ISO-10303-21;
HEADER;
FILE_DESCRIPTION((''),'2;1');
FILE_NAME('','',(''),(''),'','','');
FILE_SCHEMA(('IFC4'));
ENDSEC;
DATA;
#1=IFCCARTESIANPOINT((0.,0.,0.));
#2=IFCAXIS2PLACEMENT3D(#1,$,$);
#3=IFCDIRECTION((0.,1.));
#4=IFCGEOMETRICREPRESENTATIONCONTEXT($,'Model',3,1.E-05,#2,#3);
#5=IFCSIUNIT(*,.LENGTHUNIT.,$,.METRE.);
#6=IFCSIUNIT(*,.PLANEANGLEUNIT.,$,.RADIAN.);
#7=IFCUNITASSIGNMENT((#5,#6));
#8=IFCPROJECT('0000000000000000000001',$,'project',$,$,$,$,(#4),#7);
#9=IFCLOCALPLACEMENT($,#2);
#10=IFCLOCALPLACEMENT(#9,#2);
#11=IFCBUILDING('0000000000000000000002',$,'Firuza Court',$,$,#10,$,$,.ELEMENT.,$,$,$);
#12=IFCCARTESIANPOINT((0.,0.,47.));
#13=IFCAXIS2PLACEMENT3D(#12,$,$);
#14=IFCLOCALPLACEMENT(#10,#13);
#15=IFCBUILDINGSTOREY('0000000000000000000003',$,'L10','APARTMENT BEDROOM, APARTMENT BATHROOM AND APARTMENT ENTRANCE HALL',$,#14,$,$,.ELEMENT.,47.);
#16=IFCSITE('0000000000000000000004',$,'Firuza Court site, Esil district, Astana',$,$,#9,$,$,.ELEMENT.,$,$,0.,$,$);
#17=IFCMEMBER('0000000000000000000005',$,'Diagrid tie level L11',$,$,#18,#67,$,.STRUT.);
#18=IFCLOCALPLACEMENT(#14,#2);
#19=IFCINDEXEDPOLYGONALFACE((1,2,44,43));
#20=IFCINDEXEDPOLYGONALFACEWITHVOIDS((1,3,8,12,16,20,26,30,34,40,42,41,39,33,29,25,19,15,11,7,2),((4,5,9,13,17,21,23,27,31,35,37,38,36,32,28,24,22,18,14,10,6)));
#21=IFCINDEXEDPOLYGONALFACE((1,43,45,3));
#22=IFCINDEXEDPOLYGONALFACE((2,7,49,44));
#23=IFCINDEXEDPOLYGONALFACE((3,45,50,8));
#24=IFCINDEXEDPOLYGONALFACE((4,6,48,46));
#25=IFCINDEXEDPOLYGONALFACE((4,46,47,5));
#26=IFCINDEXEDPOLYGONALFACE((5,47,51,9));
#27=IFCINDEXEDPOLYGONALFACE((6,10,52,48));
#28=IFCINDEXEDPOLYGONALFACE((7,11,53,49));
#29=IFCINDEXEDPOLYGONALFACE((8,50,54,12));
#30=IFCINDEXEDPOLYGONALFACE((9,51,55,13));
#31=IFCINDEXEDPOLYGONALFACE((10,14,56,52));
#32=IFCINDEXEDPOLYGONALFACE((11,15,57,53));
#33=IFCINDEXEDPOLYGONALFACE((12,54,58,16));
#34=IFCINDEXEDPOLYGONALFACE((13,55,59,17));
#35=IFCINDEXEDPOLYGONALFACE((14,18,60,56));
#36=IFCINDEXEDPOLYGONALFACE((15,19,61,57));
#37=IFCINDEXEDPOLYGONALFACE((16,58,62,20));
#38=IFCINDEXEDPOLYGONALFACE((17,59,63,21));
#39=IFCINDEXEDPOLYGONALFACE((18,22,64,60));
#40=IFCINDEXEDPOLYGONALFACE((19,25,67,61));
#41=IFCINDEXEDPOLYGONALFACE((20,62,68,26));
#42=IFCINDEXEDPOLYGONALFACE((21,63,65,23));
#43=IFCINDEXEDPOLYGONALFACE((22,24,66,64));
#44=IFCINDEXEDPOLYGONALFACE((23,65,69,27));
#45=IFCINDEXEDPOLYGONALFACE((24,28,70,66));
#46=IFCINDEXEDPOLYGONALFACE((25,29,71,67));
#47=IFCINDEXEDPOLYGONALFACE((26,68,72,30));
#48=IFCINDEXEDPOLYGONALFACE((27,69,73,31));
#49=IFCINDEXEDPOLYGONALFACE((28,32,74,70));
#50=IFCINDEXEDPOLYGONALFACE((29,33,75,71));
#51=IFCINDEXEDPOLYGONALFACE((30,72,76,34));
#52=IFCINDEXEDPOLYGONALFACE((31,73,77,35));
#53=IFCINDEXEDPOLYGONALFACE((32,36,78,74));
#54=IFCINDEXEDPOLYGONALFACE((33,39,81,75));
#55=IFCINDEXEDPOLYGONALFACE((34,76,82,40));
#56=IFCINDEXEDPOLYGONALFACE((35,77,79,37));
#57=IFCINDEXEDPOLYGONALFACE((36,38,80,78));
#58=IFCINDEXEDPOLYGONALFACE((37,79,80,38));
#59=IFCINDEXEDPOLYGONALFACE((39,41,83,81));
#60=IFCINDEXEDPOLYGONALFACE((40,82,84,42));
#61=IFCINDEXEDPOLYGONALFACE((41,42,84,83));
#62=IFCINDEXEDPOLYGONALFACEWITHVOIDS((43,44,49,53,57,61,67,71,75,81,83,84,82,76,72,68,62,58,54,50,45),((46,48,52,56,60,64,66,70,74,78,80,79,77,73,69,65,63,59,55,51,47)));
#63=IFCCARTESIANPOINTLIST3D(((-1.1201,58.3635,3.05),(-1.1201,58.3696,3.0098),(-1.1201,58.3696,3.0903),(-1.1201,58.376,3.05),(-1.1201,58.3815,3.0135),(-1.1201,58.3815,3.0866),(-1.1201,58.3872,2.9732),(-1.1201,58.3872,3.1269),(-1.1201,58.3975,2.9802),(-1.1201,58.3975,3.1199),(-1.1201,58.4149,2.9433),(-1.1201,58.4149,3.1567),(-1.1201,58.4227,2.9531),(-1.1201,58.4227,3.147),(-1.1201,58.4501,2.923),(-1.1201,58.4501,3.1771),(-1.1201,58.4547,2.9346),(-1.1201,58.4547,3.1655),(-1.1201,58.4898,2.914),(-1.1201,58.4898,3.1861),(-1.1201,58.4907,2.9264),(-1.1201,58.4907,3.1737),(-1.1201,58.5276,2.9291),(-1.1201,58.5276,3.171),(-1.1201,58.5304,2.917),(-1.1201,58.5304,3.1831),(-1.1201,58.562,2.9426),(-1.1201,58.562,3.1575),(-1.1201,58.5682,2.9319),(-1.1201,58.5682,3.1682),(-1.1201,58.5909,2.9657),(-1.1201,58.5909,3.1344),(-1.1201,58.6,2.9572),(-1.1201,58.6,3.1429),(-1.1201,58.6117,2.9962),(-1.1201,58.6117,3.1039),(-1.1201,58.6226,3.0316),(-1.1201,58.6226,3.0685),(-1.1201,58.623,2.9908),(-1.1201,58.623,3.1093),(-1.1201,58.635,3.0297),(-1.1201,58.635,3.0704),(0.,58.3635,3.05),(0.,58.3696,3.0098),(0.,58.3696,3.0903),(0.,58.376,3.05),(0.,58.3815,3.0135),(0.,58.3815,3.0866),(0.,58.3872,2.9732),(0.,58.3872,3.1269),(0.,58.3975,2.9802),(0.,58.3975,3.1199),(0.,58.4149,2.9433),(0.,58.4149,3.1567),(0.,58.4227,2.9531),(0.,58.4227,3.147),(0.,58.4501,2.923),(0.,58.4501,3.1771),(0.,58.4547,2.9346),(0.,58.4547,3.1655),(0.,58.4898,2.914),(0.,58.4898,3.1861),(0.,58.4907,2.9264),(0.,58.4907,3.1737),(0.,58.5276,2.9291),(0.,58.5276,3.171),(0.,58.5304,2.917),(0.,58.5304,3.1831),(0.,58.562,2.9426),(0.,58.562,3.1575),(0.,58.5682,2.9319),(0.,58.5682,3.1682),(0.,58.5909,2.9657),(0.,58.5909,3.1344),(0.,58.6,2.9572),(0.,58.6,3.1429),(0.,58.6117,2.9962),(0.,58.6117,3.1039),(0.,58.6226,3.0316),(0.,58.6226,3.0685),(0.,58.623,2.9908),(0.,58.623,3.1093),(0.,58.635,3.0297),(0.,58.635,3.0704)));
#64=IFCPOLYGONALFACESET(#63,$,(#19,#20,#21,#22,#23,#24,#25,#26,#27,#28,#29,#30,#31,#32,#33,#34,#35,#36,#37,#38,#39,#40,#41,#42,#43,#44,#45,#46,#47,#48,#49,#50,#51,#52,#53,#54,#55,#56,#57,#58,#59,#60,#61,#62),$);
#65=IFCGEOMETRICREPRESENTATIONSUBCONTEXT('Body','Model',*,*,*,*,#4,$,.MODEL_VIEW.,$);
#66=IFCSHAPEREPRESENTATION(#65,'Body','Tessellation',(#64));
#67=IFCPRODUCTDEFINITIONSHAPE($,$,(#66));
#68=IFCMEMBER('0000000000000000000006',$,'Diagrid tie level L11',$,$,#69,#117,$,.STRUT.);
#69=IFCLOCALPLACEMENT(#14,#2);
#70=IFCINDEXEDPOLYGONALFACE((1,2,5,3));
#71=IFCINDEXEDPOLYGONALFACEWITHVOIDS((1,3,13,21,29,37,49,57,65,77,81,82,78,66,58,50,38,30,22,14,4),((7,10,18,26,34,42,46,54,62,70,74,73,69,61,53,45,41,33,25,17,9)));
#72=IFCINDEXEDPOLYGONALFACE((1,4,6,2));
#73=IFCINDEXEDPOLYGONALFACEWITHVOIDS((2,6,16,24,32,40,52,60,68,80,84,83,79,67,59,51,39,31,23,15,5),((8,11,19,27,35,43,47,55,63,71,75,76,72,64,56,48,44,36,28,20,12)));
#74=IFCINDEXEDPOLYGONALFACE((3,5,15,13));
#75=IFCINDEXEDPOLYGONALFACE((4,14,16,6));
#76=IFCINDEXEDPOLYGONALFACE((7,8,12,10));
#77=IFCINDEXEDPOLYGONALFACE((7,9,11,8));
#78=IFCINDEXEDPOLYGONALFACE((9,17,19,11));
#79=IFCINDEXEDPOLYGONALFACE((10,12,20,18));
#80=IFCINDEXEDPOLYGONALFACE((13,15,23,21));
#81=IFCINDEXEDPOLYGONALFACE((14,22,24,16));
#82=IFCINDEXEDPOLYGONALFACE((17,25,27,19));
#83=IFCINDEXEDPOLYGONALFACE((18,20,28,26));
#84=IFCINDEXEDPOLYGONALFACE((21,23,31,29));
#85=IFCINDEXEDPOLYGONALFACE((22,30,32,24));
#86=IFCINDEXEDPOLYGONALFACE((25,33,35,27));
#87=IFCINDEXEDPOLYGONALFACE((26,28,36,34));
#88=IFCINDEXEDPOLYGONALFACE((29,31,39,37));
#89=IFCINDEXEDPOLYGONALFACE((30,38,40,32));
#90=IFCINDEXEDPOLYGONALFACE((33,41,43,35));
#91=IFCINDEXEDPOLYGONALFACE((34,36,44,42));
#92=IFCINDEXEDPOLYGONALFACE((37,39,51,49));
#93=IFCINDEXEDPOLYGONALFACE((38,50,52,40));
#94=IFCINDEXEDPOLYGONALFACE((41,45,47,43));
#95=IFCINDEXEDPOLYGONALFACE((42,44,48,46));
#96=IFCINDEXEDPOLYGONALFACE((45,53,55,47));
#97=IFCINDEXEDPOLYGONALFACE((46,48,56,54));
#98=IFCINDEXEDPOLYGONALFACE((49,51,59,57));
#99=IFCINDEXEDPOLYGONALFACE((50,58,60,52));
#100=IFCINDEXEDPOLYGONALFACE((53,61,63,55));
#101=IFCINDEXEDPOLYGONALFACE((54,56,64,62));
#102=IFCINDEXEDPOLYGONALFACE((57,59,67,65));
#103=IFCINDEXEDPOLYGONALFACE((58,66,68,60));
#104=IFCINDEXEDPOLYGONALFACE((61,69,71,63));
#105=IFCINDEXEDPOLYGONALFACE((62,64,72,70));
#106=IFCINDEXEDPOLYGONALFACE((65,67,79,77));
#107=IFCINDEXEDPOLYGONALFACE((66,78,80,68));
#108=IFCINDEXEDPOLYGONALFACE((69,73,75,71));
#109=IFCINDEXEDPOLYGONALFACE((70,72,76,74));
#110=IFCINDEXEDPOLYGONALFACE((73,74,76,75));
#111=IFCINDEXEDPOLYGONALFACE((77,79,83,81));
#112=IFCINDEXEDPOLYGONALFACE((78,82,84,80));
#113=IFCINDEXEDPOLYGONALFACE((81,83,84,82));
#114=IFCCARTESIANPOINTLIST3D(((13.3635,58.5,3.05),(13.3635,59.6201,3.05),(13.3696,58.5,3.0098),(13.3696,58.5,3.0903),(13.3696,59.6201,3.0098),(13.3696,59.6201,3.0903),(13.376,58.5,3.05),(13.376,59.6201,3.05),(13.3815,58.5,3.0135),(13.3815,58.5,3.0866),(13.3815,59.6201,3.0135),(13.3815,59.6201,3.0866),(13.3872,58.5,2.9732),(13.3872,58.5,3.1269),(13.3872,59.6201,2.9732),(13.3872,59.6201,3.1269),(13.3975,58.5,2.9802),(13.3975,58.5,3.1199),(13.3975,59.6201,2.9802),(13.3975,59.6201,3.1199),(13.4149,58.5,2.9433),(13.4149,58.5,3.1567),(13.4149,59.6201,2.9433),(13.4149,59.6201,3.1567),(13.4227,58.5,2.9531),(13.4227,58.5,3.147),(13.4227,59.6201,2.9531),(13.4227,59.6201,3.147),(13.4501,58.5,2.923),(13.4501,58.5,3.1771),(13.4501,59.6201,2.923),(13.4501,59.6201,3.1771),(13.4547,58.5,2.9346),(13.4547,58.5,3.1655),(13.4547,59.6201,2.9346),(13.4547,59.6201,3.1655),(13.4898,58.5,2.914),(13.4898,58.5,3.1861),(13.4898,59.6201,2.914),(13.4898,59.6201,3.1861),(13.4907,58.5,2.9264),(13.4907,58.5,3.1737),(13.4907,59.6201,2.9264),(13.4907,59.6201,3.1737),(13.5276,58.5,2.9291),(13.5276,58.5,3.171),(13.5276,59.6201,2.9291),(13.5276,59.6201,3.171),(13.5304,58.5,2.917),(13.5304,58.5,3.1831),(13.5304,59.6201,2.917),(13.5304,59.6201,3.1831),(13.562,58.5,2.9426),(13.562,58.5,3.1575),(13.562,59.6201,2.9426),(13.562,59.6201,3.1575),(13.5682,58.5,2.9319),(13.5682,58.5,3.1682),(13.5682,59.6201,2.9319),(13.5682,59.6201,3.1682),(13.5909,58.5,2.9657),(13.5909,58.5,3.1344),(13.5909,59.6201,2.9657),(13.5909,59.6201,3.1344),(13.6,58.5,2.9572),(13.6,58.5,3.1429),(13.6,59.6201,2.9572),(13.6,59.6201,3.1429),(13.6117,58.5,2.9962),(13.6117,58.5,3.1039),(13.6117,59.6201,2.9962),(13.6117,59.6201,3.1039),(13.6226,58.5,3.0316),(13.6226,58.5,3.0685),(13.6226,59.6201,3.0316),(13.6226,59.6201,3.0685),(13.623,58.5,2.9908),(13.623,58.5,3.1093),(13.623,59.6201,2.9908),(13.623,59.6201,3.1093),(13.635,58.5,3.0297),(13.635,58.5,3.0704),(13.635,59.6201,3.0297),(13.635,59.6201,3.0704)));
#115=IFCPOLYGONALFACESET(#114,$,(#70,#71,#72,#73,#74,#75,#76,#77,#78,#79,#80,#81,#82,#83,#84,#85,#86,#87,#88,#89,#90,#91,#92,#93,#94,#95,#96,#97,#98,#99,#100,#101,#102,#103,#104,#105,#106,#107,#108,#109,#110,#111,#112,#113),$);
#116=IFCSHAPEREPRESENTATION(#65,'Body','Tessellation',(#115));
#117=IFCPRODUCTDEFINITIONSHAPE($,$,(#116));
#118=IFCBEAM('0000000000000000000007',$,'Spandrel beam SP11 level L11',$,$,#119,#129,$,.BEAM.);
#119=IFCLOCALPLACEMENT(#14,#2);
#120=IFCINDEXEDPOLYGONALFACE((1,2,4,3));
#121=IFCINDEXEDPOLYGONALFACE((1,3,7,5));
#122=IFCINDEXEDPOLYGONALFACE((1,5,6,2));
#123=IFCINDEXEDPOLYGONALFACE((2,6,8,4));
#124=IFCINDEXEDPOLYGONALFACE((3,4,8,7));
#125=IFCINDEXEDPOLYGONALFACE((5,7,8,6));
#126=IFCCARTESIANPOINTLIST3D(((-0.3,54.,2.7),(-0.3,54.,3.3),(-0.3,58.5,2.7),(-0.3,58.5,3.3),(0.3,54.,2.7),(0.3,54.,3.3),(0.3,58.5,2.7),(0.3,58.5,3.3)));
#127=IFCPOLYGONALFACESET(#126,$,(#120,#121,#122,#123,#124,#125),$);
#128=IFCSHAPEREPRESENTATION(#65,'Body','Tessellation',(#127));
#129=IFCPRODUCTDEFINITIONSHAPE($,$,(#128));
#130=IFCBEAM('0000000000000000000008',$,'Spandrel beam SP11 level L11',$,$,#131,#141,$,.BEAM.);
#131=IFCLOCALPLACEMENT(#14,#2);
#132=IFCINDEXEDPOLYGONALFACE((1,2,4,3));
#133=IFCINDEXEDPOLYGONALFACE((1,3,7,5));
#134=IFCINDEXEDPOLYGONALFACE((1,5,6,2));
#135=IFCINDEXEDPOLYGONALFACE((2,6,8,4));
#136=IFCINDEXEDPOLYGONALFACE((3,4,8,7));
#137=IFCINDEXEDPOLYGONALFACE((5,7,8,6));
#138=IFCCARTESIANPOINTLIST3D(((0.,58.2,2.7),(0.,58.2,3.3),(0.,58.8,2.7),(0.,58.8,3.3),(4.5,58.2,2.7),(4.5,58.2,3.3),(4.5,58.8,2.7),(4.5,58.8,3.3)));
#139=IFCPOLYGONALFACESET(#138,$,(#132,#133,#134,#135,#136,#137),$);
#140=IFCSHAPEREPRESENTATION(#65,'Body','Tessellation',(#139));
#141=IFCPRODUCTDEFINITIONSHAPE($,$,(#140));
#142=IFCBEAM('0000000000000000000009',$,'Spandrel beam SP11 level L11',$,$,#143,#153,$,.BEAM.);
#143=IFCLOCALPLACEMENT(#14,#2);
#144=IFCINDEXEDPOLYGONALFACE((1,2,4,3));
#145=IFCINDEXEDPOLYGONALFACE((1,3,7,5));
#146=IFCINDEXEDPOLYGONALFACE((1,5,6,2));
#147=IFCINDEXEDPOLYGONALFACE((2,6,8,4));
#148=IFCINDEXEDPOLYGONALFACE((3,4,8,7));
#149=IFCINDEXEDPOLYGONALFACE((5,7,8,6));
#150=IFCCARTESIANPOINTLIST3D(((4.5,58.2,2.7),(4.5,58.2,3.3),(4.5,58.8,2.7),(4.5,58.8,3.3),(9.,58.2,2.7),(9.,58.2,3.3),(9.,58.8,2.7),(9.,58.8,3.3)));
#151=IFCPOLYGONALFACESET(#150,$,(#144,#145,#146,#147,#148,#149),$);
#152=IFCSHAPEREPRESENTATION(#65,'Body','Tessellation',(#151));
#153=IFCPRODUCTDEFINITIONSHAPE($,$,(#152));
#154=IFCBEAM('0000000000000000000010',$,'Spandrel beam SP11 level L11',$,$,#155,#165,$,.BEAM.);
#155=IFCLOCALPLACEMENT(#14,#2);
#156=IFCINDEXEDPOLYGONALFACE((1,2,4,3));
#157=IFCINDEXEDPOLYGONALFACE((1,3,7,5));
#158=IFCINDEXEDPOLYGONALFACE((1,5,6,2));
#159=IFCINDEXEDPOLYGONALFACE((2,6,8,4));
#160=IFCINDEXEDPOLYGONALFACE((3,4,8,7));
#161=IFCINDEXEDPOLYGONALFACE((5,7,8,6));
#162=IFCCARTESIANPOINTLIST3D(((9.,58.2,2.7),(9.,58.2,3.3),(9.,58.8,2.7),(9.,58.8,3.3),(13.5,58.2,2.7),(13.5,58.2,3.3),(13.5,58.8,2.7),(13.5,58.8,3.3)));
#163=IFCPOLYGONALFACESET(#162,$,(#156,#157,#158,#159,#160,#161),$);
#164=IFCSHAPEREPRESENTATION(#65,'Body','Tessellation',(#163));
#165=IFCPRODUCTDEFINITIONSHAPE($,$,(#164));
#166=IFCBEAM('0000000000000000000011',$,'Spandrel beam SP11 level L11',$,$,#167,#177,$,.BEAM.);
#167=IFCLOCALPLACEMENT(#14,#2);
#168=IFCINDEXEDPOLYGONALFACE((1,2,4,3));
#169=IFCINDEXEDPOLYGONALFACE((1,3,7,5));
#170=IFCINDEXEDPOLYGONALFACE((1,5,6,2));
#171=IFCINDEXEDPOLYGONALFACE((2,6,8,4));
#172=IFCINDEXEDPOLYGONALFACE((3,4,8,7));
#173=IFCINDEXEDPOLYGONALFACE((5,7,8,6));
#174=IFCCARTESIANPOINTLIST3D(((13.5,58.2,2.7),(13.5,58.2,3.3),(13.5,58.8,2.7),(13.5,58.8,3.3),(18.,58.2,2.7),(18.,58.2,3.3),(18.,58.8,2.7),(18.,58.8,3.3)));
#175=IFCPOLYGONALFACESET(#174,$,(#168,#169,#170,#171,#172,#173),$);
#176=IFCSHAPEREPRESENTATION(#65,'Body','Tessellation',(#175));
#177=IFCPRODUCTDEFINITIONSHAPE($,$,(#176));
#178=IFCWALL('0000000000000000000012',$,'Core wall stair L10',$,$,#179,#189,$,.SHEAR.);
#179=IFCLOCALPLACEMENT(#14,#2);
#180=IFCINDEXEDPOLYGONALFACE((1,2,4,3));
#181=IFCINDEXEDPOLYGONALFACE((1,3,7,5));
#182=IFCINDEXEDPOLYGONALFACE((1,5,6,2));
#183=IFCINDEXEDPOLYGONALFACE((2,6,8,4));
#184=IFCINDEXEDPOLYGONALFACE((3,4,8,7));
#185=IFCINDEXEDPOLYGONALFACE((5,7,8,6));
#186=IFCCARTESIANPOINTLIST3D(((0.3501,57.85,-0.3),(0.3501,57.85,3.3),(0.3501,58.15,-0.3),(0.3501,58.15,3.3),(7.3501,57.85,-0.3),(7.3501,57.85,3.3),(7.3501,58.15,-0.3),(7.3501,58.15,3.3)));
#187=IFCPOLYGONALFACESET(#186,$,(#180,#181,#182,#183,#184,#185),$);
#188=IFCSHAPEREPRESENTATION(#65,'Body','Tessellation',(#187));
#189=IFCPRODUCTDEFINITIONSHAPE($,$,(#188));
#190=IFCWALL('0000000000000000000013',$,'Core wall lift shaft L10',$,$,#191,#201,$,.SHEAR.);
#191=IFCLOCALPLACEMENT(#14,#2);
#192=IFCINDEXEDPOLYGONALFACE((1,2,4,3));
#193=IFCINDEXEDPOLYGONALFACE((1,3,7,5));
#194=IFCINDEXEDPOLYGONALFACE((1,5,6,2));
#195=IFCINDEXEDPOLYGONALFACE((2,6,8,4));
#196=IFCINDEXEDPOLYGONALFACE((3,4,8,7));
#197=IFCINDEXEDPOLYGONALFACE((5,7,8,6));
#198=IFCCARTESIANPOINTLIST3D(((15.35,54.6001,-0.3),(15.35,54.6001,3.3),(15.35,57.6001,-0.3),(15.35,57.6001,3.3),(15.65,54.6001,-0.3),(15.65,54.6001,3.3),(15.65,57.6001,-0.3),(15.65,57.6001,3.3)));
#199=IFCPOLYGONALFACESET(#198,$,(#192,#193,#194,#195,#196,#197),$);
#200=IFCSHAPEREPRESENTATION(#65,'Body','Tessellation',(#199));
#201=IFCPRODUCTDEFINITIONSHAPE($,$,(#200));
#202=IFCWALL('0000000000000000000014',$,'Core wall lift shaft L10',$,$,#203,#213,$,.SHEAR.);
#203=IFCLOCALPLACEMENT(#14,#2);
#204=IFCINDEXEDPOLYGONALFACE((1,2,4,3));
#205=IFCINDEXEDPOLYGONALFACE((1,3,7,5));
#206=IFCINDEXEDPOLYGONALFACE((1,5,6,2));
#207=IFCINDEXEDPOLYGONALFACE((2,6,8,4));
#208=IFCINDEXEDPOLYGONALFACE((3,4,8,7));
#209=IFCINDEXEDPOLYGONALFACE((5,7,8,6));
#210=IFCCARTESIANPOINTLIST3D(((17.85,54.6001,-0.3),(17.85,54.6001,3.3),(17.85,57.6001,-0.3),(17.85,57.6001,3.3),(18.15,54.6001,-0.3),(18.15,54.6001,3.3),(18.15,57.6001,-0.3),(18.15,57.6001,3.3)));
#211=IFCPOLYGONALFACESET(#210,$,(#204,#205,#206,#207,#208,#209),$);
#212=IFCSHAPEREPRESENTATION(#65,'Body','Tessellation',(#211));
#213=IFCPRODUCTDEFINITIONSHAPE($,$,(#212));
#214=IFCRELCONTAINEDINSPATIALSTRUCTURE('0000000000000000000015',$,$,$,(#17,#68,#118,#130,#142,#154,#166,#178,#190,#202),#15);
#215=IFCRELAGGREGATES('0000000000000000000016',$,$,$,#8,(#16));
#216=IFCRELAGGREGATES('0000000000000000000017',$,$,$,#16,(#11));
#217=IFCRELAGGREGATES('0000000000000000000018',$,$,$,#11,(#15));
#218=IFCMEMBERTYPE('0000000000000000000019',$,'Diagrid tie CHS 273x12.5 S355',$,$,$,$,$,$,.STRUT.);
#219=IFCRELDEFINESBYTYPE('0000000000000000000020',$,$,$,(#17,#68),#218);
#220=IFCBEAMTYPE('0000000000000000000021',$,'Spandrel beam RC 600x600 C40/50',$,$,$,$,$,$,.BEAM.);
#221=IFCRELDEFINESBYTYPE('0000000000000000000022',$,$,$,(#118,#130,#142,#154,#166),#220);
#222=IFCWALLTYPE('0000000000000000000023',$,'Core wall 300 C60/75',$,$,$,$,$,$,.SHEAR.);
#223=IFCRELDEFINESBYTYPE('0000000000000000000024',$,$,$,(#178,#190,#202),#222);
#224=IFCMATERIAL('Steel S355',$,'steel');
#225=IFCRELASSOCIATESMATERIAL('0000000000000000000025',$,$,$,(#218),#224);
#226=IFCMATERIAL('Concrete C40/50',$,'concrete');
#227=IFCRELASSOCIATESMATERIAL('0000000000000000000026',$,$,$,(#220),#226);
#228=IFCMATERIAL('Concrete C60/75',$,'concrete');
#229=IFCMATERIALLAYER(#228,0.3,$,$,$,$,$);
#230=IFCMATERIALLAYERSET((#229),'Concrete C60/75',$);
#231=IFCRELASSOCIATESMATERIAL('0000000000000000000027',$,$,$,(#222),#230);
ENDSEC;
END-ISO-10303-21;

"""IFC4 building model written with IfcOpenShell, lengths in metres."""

from ifc_helpers import new_model, si_unit, direction, frame, frame_2d, origin, origin_2d, place, context, subcontext, project, spatial, rectangle, hollow_circle, extrude, material, layer, layer_set, material_profile, profile_set, type_object, element, save


model = new_model("IFC4")

# Units and contexts
model_context = context("Model", 3, precision=1e-05, world=origin(), true_north=direction((0.0, 1.0)))
body_context = subcontext(model_context, "Body", "Model", "MODEL_VIEW")
ifc_project = project(units=[si_unit("LENGTHUNIT", "METRE"), si_unit("PLANEANGLEUNIT", "RADIAN")], contexts=[model_context])

# Site, building, storey
site_placement = place(None, origin())
site = spatial("IfcSite", under=ifc_project, at=site_placement, Name="Firuza Court site, Esil district, Astana", CompositionType="ELEMENT", RefElevation=0.0)
building_placement = place(site_placement, origin())
building = spatial("IfcBuilding", under=site, at=building_placement, Name="Firuza Court", CompositionType="ELEMENT")
storey_placement = place(building_placement, frame((0.0, 0.0, 47.0)))
storey = spatial("IfcBuildingStorey", under=building, at=storey_placement, Name="L10", Description="APARTMENT BEDROOM, APARTMENT BATHROOM AND APARTMENT ENTRANCE HALL", CompositionType="ELEMENT", Elevation=47.0)

# Members
ifc_material_1 = material(Name="Steel S355", Category="steel")
ifc_material_profile_1 = material_profile(ifc_material_1, hollow_circle(Radius=0.1365, WallThickness=0.0125, at=origin_2d()), Name="CHS 273x12.5")
ifc_profile_set_1 = profile_set([ifc_material_profile_1], Name="Steel S355")
member_type_1 = type_object("IfcMemberType", Name="Diagrid tie CHS 273x12.5 S355", PredefinedType="STRUT", material=ifc_profile_set_1)
for number, where, z_axis, x_axis, name in (
    (1, (0.0, 58.5, 3.05), (-1.0, 0.0, 0.0), (0.0, -1.0, 0.0), "Diagrid tie level L11"),
    (2, (13.5, 58.5, 3.05), (0.0, 1.0, 0.0), (-1.0, 0.0, 0.0), "Diagrid tie level L11"),
):
    element("IfcMember", number, at=place(storey_placement, frame(where, z_axis=z_axis, x_axis=x_axis)), inside=storey, type_object=member_type_1, Name=name, PredefinedType="STRUT", context=body_context, shape_type="SweptSolid", body=[
        extrude(hollow_circle(Radius=0.1365, WallThickness=0.0125, at=origin_2d()), origin(), (0.0, 0.0, 1.0), 1.1201),
    ])

# Beams
ifc_material_2 = material(Name="Concrete C40/50", Category="concrete")
ifc_material_profile_2 = material_profile(ifc_material_2, rectangle(XDim=0.6001, YDim=0.6001, at=origin_2d()), Name="RC 600x600")
ifc_profile_set_2 = profile_set([ifc_material_profile_2], Name="Concrete C40/50")
beam_type = type_object("IfcBeamType", Name="Spandrel beam RC 600x600 C40/50", PredefinedType="BEAM", material=ifc_profile_set_2)
for number, where, z_axis, x_axis, name in (
    (3, (0.0, 58.5, 3.0), (0.0, -1.0, 0.0), (1.0, 0.0, 0.0), "Spandrel beam SP11 level L11"),
    (4, (4.5, 58.5, 3.0), (-1.0, 0.0, 0.0), (0.0, -1.0, 0.0), "Spandrel beam SP11 level L11"),
    (5, (9.0, 58.5, 3.0), (-1.0, 0.0, 0.0), (0.0, -1.0, 0.0), "Spandrel beam SP11 level L11"),
    (6, (13.5, 58.5, 3.0), (-1.0, 0.0, 0.0), (0.0, -1.0, 0.0), "Spandrel beam SP11 level L11"),
    (7, (18.0, 58.5, 3.0), (-1.0, 0.0, 0.0), (0.0, -1.0, 0.0), "Spandrel beam SP11 level L11"),
):
    element("IfcBeam", number, at=place(storey_placement, frame(where, z_axis=z_axis, x_axis=x_axis)), inside=storey, type_object=beam_type, Name=name, PredefinedType="BEAM", context=body_context, shape_type="SweptSolid", body=[
        extrude(rectangle(XDim=0.6001, YDim=0.6001, at=origin_2d()), origin(), (0.0, 0.0, 1.0), 4.5),
    ])

# Walls
ifc_material_3 = material(Name="Concrete C60/75", Category="concrete")
ifc_layer_1 = layer(ifc_material_3, 0.3)
ifc_layer_set_1 = layer_set([ifc_layer_1], Name="Concrete C60/75")
wall_type_1 = type_object("IfcWallType", Name="Core wall 300 C60/75", PredefinedType="SHEAR", material=ifc_layer_set_1)
wall_1_placement = place(storey_placement, frame((0.3501, 58.0, -0.3), z_axis=(0.0, 0.0, 1.0), x_axis=(1.0, 0.0, 0.0)))
element("IfcWall", 8, at=wall_1_placement, inside=storey, type_object=wall_type_1, Name="Core wall stair L10", PredefinedType="SHEAR", context=body_context, shape_type="SweptSolid", body=[
    extrude(rectangle(XDim=7.0, YDim=0.3, at=frame_2d((3.5, 0.0))), origin(), (0.0, 0.0, 1.0), 3.6001),
])
for number, where, z_axis, x_axis, name in (
    (9, (15.5, 54.6001, -0.3), (0.0, 0.0, 1.0), (0.0, 1.0, 0.0), "Core wall lift shaft L10"),
    (10, (18.0, 54.6001, -0.3), (0.0, 0.0, 1.0), (0.0, 1.0, 0.0), "Core wall lift shaft L10"),
):
    element("IfcWall", number, at=place(storey_placement, frame(where, z_axis=z_axis, x_axis=x_axis)), inside=storey, type_object=wall_type_1, Name=name, PredefinedType="SHEAR", context=body_context, shape_type="SweptSolid", body=[
        extrude(rectangle(XDim=3.0, YDim=0.3, at=frame_2d((1.5, 0.0))), origin(), (0.0, 0.0, 1.0), 3.6001),
    ])

save(model, "model.ifc")
